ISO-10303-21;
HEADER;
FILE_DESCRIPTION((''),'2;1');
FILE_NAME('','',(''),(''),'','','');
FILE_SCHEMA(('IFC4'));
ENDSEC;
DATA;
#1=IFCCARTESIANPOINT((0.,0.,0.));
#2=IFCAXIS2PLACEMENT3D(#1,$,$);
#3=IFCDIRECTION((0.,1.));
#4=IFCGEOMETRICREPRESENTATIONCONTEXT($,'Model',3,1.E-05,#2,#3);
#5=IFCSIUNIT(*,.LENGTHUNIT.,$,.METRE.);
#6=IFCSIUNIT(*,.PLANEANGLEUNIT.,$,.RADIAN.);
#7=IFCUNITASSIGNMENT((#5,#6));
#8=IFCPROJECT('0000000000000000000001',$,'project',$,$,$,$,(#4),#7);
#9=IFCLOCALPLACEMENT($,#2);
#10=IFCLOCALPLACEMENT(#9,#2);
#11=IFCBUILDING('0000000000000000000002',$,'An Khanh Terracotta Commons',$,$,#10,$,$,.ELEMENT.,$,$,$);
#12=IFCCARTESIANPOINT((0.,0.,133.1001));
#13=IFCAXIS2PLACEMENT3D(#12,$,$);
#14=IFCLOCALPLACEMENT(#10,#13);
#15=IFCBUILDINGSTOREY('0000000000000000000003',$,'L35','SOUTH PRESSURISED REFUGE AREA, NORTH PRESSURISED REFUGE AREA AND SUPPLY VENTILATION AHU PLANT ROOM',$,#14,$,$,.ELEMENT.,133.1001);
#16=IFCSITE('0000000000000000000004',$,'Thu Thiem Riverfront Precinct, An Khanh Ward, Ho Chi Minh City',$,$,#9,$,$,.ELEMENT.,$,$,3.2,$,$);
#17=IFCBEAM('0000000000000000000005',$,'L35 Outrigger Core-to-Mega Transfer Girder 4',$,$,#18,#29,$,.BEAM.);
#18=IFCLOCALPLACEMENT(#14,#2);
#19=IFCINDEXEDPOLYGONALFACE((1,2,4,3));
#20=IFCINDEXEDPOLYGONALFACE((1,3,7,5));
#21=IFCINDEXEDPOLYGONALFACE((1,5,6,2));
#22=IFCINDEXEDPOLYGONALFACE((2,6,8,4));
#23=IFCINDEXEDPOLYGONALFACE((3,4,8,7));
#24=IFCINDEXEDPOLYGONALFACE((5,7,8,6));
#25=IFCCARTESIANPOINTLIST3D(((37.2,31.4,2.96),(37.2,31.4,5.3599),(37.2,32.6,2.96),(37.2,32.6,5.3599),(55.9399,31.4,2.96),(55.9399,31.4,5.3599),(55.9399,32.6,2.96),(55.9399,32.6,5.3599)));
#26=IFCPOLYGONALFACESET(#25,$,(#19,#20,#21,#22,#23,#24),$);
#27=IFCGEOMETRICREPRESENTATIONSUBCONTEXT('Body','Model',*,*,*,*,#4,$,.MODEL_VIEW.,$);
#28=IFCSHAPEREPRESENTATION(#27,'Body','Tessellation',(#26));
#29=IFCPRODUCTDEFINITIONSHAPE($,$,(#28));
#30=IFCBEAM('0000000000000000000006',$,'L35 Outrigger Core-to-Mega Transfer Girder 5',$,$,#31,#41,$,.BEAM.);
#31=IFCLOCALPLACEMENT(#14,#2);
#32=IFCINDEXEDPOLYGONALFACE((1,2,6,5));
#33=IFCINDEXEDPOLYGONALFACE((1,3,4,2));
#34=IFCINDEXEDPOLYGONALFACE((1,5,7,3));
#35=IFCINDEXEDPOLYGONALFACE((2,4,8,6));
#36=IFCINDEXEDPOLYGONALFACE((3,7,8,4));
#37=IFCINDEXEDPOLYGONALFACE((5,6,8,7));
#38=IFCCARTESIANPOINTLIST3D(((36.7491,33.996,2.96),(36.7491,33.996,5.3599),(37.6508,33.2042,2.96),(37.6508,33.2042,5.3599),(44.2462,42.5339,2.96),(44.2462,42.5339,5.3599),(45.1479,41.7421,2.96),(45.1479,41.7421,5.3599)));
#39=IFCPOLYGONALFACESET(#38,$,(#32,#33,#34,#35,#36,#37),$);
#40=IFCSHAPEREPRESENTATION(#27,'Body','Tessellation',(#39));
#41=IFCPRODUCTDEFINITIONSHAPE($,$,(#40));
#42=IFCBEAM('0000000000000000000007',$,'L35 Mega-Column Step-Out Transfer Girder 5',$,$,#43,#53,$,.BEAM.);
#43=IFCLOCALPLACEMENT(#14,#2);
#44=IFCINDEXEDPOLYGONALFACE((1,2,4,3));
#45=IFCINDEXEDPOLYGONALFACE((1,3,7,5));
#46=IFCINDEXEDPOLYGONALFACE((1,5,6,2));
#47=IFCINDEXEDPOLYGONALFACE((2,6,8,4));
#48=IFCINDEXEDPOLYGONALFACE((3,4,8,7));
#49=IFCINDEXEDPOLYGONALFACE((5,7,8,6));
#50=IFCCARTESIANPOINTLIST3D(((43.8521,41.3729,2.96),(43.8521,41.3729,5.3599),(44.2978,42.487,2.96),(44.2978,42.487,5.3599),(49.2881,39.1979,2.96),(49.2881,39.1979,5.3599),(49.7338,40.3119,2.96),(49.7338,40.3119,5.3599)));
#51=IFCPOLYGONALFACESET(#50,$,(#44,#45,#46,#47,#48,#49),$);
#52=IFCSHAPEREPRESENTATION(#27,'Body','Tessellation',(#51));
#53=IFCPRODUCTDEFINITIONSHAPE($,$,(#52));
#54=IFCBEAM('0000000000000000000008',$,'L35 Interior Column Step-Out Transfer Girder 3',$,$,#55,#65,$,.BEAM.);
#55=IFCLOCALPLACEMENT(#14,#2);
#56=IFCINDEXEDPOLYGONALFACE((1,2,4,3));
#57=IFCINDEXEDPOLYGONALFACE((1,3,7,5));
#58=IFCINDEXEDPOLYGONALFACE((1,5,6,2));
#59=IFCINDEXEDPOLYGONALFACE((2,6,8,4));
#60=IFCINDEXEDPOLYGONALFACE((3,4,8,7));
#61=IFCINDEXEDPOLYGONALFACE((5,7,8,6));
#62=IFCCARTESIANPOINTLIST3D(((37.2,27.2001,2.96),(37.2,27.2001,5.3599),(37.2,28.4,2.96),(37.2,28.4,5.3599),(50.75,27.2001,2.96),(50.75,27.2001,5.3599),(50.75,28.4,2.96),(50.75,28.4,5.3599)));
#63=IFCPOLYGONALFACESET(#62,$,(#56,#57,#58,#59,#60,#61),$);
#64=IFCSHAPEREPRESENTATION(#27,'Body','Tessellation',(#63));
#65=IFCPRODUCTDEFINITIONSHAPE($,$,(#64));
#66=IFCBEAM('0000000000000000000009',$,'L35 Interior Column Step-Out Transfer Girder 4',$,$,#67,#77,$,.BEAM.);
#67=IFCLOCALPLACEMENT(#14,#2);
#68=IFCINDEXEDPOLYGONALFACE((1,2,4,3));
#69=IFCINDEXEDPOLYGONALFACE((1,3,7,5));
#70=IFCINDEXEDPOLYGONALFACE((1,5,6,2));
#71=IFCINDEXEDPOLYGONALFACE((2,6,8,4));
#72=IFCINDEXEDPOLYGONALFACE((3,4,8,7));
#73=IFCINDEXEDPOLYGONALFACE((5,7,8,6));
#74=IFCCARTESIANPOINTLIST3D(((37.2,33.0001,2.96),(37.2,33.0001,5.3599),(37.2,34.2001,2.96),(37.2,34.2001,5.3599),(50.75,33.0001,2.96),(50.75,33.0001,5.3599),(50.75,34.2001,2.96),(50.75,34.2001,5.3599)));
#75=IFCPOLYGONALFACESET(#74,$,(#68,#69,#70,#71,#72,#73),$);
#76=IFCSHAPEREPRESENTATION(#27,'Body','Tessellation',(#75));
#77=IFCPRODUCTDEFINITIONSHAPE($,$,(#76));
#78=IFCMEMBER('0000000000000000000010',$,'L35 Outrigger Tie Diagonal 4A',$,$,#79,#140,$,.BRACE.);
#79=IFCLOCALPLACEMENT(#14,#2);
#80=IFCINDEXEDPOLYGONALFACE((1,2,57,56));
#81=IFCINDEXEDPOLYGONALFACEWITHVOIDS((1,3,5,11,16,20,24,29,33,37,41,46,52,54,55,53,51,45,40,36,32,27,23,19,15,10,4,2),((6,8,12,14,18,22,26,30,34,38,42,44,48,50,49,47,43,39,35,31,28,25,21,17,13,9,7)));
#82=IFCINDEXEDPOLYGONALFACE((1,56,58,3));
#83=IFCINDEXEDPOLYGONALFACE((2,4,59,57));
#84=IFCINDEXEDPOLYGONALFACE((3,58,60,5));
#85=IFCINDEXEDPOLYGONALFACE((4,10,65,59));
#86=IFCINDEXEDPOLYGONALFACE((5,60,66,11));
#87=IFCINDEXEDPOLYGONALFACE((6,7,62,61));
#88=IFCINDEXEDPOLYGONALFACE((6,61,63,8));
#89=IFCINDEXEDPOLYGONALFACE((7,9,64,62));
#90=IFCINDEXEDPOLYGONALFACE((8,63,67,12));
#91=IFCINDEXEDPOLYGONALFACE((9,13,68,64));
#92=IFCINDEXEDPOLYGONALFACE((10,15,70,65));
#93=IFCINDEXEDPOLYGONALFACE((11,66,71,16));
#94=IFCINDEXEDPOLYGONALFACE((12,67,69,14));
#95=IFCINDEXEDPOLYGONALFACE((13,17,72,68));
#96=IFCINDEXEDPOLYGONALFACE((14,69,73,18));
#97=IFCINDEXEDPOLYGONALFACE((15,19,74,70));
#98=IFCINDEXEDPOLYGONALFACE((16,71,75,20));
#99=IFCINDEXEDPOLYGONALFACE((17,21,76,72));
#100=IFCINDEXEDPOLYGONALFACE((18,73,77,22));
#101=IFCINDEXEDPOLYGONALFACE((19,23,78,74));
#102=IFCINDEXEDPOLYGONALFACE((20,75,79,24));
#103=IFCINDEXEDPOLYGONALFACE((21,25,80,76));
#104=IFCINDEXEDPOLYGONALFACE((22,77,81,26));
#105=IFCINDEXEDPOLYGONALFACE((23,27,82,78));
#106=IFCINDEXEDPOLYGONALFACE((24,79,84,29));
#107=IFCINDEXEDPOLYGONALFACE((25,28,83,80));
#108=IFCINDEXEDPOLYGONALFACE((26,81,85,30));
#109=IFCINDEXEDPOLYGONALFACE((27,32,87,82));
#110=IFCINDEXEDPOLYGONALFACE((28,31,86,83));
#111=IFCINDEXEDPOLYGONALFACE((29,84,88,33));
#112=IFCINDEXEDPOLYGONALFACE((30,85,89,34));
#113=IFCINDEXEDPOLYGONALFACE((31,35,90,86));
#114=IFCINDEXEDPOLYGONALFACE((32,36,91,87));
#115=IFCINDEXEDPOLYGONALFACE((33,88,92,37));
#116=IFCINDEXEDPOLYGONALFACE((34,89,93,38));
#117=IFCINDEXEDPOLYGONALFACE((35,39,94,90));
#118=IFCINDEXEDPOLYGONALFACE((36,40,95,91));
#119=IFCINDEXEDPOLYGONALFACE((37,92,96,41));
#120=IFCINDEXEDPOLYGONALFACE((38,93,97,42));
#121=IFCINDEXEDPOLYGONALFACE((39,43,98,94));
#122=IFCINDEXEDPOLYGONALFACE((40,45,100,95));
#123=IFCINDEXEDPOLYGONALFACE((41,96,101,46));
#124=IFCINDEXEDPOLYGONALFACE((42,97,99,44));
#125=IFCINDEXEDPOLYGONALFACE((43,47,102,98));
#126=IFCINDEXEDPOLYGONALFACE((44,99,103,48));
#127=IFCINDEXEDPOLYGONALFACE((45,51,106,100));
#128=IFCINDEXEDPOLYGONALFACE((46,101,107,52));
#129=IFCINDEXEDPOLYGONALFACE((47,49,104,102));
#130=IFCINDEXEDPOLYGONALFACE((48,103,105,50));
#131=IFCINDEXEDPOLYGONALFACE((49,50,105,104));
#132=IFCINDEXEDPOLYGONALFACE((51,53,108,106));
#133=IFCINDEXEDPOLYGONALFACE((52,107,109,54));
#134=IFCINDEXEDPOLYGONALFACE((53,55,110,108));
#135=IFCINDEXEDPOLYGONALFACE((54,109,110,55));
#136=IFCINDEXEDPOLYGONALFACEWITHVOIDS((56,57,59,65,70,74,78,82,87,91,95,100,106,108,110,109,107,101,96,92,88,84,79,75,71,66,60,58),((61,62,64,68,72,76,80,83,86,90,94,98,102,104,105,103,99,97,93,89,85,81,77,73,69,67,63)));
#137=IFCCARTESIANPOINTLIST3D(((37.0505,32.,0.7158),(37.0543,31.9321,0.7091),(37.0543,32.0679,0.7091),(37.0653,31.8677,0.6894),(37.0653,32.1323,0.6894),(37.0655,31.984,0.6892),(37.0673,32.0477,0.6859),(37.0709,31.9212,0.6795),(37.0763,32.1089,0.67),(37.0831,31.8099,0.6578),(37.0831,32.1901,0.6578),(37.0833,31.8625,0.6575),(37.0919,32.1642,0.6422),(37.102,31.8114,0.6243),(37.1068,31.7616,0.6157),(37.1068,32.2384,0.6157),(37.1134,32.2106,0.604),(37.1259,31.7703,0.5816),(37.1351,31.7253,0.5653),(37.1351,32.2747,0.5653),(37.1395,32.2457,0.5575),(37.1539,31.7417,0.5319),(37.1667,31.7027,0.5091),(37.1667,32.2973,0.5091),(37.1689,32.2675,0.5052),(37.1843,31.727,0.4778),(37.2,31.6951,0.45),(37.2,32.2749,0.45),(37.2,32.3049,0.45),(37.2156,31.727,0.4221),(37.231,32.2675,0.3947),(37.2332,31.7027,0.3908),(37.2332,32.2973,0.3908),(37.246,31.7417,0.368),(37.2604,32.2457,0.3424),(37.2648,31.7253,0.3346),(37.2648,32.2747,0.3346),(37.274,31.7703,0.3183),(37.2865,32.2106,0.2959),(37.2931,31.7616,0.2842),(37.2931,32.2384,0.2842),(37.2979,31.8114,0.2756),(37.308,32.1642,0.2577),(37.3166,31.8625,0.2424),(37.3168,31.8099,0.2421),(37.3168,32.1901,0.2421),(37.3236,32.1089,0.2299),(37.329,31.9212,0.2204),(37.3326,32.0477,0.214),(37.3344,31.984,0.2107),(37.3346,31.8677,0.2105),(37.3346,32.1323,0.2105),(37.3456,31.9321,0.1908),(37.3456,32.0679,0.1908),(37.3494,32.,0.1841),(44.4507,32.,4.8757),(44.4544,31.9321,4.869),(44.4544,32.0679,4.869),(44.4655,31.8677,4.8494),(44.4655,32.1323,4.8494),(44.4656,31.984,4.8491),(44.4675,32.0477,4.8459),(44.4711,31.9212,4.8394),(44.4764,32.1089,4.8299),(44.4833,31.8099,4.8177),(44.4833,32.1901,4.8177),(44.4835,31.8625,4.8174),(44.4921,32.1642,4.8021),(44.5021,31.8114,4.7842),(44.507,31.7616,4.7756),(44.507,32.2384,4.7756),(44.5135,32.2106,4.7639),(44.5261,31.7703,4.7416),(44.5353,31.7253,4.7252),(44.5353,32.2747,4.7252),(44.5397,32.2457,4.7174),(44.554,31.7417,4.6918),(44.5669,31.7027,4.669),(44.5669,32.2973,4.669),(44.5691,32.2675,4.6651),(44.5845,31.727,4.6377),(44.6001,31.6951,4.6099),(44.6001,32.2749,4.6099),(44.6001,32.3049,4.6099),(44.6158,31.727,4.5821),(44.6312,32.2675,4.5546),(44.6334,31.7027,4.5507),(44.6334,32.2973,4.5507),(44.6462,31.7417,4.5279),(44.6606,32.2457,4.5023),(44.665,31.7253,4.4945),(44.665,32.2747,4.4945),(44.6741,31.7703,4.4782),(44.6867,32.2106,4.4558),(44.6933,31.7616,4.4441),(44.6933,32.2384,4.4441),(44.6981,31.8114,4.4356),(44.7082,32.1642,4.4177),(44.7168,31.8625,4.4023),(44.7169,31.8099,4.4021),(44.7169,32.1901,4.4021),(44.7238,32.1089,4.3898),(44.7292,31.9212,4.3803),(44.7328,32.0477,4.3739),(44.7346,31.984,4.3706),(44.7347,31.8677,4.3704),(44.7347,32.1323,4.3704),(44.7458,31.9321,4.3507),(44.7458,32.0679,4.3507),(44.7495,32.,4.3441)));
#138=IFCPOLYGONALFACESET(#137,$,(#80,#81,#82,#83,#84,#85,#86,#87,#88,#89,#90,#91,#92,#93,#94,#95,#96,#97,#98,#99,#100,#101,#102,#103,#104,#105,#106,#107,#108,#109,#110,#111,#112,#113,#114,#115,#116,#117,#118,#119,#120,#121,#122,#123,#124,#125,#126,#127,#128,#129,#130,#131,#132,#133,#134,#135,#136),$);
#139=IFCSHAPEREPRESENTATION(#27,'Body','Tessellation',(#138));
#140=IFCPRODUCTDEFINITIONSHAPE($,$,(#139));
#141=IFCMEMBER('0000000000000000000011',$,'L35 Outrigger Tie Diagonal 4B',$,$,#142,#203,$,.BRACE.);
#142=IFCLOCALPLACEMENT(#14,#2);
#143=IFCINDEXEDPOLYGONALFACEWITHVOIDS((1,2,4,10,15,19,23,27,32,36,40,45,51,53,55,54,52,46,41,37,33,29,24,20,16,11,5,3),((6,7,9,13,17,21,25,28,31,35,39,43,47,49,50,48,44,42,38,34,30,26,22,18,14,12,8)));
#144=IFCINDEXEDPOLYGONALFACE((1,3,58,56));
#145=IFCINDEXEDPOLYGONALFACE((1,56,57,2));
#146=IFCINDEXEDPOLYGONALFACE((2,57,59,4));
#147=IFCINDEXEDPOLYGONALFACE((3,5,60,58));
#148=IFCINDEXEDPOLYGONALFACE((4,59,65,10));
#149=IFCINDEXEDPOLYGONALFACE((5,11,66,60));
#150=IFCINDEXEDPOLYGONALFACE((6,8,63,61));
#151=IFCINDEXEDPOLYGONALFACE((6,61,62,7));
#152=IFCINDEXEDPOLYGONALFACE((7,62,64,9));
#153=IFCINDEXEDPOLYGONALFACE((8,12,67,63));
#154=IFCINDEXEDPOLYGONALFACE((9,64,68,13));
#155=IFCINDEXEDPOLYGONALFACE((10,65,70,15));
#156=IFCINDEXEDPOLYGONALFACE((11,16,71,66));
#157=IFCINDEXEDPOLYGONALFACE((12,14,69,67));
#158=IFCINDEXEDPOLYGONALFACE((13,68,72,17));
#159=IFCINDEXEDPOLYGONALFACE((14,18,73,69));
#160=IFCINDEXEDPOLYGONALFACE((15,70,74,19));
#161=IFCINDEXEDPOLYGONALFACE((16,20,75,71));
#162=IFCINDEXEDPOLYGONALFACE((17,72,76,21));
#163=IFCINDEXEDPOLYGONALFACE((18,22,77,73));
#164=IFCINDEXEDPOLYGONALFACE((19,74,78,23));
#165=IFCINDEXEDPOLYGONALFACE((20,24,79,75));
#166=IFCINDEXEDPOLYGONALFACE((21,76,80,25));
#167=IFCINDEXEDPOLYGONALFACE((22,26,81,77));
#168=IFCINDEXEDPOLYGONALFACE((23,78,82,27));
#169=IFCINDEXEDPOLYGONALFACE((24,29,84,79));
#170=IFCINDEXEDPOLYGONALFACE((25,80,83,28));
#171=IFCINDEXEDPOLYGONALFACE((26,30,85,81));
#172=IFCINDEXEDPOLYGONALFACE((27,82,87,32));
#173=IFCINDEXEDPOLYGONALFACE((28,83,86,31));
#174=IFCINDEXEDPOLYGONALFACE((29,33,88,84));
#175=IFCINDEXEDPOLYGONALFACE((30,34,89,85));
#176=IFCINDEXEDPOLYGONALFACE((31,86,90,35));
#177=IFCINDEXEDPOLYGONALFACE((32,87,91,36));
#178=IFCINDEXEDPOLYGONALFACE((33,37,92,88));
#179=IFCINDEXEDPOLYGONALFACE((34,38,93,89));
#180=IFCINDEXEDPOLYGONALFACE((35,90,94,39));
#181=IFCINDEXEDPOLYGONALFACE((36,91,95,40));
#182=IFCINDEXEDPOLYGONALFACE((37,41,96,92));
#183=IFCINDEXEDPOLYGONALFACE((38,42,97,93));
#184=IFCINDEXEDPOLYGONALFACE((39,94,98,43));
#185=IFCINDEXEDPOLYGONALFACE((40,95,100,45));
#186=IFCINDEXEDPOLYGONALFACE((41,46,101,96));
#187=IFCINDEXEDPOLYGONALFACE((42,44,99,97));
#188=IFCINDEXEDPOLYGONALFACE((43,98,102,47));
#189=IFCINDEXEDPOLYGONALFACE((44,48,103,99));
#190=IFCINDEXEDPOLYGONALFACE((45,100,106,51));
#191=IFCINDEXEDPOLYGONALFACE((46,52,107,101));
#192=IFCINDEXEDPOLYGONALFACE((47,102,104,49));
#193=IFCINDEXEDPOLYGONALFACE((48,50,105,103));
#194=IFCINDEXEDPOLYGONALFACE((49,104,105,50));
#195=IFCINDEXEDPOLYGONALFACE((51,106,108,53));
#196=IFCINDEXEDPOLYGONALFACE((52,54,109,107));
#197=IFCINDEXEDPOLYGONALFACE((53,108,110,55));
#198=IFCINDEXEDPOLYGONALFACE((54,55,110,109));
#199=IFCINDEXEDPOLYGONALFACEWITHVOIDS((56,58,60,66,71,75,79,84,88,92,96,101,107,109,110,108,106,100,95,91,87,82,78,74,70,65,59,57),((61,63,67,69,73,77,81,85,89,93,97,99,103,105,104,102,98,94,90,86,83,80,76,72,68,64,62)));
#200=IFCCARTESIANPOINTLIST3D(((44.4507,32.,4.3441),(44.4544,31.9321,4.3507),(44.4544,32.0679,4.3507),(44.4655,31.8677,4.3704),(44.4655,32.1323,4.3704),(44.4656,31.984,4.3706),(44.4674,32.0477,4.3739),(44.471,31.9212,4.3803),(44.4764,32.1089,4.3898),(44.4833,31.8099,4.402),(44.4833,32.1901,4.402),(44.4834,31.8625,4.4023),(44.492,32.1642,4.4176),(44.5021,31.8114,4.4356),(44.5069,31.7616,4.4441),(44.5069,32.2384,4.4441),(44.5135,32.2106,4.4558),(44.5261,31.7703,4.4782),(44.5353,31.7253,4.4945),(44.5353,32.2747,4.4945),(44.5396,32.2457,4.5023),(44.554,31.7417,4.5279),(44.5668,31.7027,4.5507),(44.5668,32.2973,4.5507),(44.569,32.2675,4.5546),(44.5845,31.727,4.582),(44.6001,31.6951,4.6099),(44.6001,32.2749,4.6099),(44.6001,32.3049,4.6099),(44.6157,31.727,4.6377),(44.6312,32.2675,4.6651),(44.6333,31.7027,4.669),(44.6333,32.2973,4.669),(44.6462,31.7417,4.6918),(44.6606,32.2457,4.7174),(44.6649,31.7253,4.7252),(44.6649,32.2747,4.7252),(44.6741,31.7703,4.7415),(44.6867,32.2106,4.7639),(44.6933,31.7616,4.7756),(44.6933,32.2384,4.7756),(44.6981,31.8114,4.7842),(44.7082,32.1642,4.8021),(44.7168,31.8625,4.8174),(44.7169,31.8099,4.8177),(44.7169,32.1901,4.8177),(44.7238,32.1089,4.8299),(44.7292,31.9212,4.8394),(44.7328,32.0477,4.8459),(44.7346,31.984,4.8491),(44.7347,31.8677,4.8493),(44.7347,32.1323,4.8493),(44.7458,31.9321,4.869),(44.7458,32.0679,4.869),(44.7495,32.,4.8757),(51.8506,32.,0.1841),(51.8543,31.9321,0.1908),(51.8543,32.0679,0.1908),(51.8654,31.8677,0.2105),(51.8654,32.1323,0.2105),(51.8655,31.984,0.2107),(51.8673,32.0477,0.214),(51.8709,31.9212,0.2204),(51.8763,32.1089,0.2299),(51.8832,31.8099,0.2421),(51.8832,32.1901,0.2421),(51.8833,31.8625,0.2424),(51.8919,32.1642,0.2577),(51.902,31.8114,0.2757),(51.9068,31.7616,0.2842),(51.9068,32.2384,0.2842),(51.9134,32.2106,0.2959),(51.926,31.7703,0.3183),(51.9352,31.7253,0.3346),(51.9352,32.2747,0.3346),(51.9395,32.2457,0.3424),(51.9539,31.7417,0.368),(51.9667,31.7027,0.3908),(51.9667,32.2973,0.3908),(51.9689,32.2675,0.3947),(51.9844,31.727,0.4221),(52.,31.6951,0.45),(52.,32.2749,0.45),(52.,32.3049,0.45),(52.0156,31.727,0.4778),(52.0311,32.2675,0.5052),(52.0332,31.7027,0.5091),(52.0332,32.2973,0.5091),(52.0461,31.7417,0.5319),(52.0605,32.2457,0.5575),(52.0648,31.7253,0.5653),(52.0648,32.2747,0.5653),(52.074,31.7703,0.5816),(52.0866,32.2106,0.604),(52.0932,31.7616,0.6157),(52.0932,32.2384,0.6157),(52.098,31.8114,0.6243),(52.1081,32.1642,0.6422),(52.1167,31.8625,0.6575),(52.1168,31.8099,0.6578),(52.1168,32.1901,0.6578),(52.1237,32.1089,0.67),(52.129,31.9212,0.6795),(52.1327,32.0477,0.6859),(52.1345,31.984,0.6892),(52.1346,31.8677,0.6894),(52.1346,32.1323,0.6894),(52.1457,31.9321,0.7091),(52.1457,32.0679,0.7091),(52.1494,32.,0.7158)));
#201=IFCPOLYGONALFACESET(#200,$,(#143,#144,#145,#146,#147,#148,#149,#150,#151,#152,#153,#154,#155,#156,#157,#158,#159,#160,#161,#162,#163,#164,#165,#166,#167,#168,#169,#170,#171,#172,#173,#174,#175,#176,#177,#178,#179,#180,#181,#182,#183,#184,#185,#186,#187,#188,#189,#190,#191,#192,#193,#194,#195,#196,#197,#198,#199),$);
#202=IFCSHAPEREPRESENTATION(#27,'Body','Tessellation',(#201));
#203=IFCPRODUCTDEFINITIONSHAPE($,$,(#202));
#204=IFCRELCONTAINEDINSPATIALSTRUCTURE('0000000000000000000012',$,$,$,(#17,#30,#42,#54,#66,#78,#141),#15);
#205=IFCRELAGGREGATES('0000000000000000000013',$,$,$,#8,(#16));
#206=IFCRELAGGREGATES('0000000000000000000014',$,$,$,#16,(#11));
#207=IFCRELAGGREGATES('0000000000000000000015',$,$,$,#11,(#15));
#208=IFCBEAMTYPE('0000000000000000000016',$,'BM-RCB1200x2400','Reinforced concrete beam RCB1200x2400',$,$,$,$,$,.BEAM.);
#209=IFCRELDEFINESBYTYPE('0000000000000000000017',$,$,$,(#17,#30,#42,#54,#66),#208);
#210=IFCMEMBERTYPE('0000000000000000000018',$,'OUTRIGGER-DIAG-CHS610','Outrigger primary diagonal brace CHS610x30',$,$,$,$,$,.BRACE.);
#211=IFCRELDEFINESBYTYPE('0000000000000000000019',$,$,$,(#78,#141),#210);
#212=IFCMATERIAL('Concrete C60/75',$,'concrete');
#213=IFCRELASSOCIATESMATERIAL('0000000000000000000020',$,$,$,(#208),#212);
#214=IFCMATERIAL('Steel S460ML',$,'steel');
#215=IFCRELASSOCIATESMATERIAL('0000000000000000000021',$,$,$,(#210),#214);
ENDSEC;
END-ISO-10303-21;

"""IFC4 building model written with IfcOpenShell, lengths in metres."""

from ifc_helpers import new_model, si_unit, direction, frame, origin, origin_2d, place, context, subcontext, project, spatial, rectangle, hollow_circle, extrude, material, material_profile, profile_set, type_object, element, save


model = new_model("IFC4")

# Units and contexts
model_context = context("Model", 3, precision=1e-05, world=origin(), true_north=direction((0.0, 1.0)))
body_context = subcontext(model_context, "Body", "Model", "MODEL_VIEW")
ifc_project = project(units=[si_unit("LENGTHUNIT", "METRE"), si_unit("PLANEANGLEUNIT", "RADIAN")], contexts=[model_context])

# Site, building, storey
site_placement = place(None, origin())
site = spatial("IfcSite", under=ifc_project, at=site_placement, Name="Thu Thiem Riverfront Precinct, An Khanh Ward, Ho Chi Minh City", CompositionType="ELEMENT", RefElevation=3.2)
building_placement = place(site_placement, origin())
building = spatial("IfcBuilding", under=site, at=building_placement, Name="An Khanh Terracotta Commons", CompositionType="ELEMENT")
storey_placement = place(building_placement, frame((0.0, 0.0, 133.1001)))
storey = spatial("IfcBuildingStorey", under=building, at=storey_placement, Name="L35", Description="SOUTH PRESSURISED REFUGE AREA, NORTH PRESSURISED REFUGE AREA AND SUPPLY VENTILATION AHU PLANT ROOM", CompositionType="ELEMENT", Elevation=133.1001)

# Shared definitions
ifc_material_1 = material(Name="Steel S460ML", Category="steel")

# Beams
ifc_material_2 = material(Name="Concrete C60/75", Category="concrete")
ifc_material_profile_1 = material_profile(ifc_material_2, rectangle(XDim=1.2, YDim=2.3999, at=origin_2d()), Name="RCB1200x2400")
ifc_profile_set_1 = profile_set([ifc_material_profile_1], Name="Concrete C60/75")
beam_type_1 = type_object("IfcBeamType", Name="BM-RCB1200x2400", Description="Reinforced concrete beam RCB1200x2400", PredefinedType="BEAM", material=ifc_profile_set_1)
beam_1_placement = place(storey_placement, frame((37.2, 32.0, 4.1599), z_axis=(1.0, 0.0, 0.0), x_axis=(0.0, 1.0, 0.0)))
element("IfcBeam", 1, at=beam_1_placement, inside=storey, type_object=beam_type_1, Name="L35 Outrigger Core-to-Mega Transfer Girder 4", PredefinedType="BEAM", context=body_context, shape_type="SweptSolid", body=[
    extrude(rectangle(XDim=1.2, YDim=2.3999, at=origin_2d()), origin(), (0.0, 0.0, 1.0), 18.74),
])
beam_2_placement = place(storey_placement, frame((37.2, 33.6001, 4.1599), z_axis=(0.659822, 0.751422, 0.0), x_axis=(-0.751422, 0.659822, 0.0)))
element("IfcBeam", 2, at=beam_2_placement, inside=storey, type_object=beam_type_1, Name="L35 Outrigger Core-to-Mega Transfer Girder 5", PredefinedType="BEAM", context=body_context, shape_type="SweptSolid", body=[
    extrude(rectangle(XDim=1.2, YDim=2.3999, at=origin_2d()), origin(), (0.0, 0.0, 1.0), 11.3623),
])
beam_3_placement = place(storey_placement, frame((44.075, 41.9299, 4.1599), z_axis=(0.928439, -0.371484, 0.0), x_axis=(0.371484, 0.928439, 0.0)))
element("IfcBeam", 3, at=beam_3_placement, inside=storey, type_object=beam_type_1, Name="L35 Mega-Column Step-Out Transfer Girder 5", PredefinedType="BEAM", context=body_context, shape_type="SweptSolid", body=[
    extrude(rectangle(XDim=1.2, YDim=2.3999, at=origin_2d()), origin(), (0.0, 0.0, 1.0), 5.855),
])
for number, where, z_axis, x_axis, name in (
    (4, (37.2, 27.8, 4.1599), (1.0, 0.0, 0.0), (0.0, 1.0, 0.0), "L35 Interior Column Step-Out Transfer Girder 3"),
    (5, (37.2, 33.6001, 4.1599), (1.0, 0.0, 0.0), (0.0, 1.0, 0.0), "L35 Interior Column Step-Out Transfer Girder 4"),
):
    element("IfcBeam", number, at=place(storey_placement, frame(where, z_axis=z_axis, x_axis=x_axis)), inside=storey, type_object=beam_type_1, Name=name, PredefinedType="BEAM", context=body_context, shape_type="SweptSolid", body=[
        extrude(rectangle(XDim=1.2, YDim=2.3999, at=origin_2d()), origin(), (0.0, 0.0, 1.0), 13.55),
    ])

# Members
ifc_material_profile_2 = material_profile(ifc_material_1, hollow_circle(Radius=0.3049, WallThickness=0.03, at=origin_2d()), Name="CHS610x30")
ifc_profile_set_2 = profile_set([ifc_material_profile_2], Name="Steel S460ML")
member_type_1 = type_object("IfcMemberType", Name="OUTRIGGER-DIAG-CHS610", Description="Outrigger primary diagonal brace CHS610x30", PredefinedType="BRACE", material=ifc_profile_set_2)
member_1_placement = place(storey_placement, frame((37.2, 32.0, 0.45), z_axis=(0.87171, 0.0, 0.490022), x_axis=(0.0, 1.0, 0.0)))
element("IfcMember", 6, at=member_1_placement, inside=storey, type_object=member_type_1, Name="L35 Outrigger Tie Diagonal 4A", PredefinedType="BRACE", context=body_context, shape_type="SweptSolid", body=[
    extrude(hollow_circle(Radius=0.3049, WallThickness=0.03, at=origin_2d()), origin(), (0.0, 0.0, 1.0), 8.4893),
])
member_2_placement = place(storey_placement, frame((44.6001, 32.0, 4.6099), z_axis=(0.871703, 0.0, -0.490035), x_axis=(0.0, 1.0, 0.0)))
element("IfcMember", 7, at=member_2_placement, inside=storey, type_object=member_type_1, Name="L35 Outrigger Tie Diagonal 4B", PredefinedType="BRACE", context=body_context, shape_type="SweptSolid", body=[
    extrude(hollow_circle(Radius=0.3049, WallThickness=0.03, at=origin_2d()), origin(), (0.0, 0.0, 1.0), 8.489),
])

save(model, "model.ifc")
